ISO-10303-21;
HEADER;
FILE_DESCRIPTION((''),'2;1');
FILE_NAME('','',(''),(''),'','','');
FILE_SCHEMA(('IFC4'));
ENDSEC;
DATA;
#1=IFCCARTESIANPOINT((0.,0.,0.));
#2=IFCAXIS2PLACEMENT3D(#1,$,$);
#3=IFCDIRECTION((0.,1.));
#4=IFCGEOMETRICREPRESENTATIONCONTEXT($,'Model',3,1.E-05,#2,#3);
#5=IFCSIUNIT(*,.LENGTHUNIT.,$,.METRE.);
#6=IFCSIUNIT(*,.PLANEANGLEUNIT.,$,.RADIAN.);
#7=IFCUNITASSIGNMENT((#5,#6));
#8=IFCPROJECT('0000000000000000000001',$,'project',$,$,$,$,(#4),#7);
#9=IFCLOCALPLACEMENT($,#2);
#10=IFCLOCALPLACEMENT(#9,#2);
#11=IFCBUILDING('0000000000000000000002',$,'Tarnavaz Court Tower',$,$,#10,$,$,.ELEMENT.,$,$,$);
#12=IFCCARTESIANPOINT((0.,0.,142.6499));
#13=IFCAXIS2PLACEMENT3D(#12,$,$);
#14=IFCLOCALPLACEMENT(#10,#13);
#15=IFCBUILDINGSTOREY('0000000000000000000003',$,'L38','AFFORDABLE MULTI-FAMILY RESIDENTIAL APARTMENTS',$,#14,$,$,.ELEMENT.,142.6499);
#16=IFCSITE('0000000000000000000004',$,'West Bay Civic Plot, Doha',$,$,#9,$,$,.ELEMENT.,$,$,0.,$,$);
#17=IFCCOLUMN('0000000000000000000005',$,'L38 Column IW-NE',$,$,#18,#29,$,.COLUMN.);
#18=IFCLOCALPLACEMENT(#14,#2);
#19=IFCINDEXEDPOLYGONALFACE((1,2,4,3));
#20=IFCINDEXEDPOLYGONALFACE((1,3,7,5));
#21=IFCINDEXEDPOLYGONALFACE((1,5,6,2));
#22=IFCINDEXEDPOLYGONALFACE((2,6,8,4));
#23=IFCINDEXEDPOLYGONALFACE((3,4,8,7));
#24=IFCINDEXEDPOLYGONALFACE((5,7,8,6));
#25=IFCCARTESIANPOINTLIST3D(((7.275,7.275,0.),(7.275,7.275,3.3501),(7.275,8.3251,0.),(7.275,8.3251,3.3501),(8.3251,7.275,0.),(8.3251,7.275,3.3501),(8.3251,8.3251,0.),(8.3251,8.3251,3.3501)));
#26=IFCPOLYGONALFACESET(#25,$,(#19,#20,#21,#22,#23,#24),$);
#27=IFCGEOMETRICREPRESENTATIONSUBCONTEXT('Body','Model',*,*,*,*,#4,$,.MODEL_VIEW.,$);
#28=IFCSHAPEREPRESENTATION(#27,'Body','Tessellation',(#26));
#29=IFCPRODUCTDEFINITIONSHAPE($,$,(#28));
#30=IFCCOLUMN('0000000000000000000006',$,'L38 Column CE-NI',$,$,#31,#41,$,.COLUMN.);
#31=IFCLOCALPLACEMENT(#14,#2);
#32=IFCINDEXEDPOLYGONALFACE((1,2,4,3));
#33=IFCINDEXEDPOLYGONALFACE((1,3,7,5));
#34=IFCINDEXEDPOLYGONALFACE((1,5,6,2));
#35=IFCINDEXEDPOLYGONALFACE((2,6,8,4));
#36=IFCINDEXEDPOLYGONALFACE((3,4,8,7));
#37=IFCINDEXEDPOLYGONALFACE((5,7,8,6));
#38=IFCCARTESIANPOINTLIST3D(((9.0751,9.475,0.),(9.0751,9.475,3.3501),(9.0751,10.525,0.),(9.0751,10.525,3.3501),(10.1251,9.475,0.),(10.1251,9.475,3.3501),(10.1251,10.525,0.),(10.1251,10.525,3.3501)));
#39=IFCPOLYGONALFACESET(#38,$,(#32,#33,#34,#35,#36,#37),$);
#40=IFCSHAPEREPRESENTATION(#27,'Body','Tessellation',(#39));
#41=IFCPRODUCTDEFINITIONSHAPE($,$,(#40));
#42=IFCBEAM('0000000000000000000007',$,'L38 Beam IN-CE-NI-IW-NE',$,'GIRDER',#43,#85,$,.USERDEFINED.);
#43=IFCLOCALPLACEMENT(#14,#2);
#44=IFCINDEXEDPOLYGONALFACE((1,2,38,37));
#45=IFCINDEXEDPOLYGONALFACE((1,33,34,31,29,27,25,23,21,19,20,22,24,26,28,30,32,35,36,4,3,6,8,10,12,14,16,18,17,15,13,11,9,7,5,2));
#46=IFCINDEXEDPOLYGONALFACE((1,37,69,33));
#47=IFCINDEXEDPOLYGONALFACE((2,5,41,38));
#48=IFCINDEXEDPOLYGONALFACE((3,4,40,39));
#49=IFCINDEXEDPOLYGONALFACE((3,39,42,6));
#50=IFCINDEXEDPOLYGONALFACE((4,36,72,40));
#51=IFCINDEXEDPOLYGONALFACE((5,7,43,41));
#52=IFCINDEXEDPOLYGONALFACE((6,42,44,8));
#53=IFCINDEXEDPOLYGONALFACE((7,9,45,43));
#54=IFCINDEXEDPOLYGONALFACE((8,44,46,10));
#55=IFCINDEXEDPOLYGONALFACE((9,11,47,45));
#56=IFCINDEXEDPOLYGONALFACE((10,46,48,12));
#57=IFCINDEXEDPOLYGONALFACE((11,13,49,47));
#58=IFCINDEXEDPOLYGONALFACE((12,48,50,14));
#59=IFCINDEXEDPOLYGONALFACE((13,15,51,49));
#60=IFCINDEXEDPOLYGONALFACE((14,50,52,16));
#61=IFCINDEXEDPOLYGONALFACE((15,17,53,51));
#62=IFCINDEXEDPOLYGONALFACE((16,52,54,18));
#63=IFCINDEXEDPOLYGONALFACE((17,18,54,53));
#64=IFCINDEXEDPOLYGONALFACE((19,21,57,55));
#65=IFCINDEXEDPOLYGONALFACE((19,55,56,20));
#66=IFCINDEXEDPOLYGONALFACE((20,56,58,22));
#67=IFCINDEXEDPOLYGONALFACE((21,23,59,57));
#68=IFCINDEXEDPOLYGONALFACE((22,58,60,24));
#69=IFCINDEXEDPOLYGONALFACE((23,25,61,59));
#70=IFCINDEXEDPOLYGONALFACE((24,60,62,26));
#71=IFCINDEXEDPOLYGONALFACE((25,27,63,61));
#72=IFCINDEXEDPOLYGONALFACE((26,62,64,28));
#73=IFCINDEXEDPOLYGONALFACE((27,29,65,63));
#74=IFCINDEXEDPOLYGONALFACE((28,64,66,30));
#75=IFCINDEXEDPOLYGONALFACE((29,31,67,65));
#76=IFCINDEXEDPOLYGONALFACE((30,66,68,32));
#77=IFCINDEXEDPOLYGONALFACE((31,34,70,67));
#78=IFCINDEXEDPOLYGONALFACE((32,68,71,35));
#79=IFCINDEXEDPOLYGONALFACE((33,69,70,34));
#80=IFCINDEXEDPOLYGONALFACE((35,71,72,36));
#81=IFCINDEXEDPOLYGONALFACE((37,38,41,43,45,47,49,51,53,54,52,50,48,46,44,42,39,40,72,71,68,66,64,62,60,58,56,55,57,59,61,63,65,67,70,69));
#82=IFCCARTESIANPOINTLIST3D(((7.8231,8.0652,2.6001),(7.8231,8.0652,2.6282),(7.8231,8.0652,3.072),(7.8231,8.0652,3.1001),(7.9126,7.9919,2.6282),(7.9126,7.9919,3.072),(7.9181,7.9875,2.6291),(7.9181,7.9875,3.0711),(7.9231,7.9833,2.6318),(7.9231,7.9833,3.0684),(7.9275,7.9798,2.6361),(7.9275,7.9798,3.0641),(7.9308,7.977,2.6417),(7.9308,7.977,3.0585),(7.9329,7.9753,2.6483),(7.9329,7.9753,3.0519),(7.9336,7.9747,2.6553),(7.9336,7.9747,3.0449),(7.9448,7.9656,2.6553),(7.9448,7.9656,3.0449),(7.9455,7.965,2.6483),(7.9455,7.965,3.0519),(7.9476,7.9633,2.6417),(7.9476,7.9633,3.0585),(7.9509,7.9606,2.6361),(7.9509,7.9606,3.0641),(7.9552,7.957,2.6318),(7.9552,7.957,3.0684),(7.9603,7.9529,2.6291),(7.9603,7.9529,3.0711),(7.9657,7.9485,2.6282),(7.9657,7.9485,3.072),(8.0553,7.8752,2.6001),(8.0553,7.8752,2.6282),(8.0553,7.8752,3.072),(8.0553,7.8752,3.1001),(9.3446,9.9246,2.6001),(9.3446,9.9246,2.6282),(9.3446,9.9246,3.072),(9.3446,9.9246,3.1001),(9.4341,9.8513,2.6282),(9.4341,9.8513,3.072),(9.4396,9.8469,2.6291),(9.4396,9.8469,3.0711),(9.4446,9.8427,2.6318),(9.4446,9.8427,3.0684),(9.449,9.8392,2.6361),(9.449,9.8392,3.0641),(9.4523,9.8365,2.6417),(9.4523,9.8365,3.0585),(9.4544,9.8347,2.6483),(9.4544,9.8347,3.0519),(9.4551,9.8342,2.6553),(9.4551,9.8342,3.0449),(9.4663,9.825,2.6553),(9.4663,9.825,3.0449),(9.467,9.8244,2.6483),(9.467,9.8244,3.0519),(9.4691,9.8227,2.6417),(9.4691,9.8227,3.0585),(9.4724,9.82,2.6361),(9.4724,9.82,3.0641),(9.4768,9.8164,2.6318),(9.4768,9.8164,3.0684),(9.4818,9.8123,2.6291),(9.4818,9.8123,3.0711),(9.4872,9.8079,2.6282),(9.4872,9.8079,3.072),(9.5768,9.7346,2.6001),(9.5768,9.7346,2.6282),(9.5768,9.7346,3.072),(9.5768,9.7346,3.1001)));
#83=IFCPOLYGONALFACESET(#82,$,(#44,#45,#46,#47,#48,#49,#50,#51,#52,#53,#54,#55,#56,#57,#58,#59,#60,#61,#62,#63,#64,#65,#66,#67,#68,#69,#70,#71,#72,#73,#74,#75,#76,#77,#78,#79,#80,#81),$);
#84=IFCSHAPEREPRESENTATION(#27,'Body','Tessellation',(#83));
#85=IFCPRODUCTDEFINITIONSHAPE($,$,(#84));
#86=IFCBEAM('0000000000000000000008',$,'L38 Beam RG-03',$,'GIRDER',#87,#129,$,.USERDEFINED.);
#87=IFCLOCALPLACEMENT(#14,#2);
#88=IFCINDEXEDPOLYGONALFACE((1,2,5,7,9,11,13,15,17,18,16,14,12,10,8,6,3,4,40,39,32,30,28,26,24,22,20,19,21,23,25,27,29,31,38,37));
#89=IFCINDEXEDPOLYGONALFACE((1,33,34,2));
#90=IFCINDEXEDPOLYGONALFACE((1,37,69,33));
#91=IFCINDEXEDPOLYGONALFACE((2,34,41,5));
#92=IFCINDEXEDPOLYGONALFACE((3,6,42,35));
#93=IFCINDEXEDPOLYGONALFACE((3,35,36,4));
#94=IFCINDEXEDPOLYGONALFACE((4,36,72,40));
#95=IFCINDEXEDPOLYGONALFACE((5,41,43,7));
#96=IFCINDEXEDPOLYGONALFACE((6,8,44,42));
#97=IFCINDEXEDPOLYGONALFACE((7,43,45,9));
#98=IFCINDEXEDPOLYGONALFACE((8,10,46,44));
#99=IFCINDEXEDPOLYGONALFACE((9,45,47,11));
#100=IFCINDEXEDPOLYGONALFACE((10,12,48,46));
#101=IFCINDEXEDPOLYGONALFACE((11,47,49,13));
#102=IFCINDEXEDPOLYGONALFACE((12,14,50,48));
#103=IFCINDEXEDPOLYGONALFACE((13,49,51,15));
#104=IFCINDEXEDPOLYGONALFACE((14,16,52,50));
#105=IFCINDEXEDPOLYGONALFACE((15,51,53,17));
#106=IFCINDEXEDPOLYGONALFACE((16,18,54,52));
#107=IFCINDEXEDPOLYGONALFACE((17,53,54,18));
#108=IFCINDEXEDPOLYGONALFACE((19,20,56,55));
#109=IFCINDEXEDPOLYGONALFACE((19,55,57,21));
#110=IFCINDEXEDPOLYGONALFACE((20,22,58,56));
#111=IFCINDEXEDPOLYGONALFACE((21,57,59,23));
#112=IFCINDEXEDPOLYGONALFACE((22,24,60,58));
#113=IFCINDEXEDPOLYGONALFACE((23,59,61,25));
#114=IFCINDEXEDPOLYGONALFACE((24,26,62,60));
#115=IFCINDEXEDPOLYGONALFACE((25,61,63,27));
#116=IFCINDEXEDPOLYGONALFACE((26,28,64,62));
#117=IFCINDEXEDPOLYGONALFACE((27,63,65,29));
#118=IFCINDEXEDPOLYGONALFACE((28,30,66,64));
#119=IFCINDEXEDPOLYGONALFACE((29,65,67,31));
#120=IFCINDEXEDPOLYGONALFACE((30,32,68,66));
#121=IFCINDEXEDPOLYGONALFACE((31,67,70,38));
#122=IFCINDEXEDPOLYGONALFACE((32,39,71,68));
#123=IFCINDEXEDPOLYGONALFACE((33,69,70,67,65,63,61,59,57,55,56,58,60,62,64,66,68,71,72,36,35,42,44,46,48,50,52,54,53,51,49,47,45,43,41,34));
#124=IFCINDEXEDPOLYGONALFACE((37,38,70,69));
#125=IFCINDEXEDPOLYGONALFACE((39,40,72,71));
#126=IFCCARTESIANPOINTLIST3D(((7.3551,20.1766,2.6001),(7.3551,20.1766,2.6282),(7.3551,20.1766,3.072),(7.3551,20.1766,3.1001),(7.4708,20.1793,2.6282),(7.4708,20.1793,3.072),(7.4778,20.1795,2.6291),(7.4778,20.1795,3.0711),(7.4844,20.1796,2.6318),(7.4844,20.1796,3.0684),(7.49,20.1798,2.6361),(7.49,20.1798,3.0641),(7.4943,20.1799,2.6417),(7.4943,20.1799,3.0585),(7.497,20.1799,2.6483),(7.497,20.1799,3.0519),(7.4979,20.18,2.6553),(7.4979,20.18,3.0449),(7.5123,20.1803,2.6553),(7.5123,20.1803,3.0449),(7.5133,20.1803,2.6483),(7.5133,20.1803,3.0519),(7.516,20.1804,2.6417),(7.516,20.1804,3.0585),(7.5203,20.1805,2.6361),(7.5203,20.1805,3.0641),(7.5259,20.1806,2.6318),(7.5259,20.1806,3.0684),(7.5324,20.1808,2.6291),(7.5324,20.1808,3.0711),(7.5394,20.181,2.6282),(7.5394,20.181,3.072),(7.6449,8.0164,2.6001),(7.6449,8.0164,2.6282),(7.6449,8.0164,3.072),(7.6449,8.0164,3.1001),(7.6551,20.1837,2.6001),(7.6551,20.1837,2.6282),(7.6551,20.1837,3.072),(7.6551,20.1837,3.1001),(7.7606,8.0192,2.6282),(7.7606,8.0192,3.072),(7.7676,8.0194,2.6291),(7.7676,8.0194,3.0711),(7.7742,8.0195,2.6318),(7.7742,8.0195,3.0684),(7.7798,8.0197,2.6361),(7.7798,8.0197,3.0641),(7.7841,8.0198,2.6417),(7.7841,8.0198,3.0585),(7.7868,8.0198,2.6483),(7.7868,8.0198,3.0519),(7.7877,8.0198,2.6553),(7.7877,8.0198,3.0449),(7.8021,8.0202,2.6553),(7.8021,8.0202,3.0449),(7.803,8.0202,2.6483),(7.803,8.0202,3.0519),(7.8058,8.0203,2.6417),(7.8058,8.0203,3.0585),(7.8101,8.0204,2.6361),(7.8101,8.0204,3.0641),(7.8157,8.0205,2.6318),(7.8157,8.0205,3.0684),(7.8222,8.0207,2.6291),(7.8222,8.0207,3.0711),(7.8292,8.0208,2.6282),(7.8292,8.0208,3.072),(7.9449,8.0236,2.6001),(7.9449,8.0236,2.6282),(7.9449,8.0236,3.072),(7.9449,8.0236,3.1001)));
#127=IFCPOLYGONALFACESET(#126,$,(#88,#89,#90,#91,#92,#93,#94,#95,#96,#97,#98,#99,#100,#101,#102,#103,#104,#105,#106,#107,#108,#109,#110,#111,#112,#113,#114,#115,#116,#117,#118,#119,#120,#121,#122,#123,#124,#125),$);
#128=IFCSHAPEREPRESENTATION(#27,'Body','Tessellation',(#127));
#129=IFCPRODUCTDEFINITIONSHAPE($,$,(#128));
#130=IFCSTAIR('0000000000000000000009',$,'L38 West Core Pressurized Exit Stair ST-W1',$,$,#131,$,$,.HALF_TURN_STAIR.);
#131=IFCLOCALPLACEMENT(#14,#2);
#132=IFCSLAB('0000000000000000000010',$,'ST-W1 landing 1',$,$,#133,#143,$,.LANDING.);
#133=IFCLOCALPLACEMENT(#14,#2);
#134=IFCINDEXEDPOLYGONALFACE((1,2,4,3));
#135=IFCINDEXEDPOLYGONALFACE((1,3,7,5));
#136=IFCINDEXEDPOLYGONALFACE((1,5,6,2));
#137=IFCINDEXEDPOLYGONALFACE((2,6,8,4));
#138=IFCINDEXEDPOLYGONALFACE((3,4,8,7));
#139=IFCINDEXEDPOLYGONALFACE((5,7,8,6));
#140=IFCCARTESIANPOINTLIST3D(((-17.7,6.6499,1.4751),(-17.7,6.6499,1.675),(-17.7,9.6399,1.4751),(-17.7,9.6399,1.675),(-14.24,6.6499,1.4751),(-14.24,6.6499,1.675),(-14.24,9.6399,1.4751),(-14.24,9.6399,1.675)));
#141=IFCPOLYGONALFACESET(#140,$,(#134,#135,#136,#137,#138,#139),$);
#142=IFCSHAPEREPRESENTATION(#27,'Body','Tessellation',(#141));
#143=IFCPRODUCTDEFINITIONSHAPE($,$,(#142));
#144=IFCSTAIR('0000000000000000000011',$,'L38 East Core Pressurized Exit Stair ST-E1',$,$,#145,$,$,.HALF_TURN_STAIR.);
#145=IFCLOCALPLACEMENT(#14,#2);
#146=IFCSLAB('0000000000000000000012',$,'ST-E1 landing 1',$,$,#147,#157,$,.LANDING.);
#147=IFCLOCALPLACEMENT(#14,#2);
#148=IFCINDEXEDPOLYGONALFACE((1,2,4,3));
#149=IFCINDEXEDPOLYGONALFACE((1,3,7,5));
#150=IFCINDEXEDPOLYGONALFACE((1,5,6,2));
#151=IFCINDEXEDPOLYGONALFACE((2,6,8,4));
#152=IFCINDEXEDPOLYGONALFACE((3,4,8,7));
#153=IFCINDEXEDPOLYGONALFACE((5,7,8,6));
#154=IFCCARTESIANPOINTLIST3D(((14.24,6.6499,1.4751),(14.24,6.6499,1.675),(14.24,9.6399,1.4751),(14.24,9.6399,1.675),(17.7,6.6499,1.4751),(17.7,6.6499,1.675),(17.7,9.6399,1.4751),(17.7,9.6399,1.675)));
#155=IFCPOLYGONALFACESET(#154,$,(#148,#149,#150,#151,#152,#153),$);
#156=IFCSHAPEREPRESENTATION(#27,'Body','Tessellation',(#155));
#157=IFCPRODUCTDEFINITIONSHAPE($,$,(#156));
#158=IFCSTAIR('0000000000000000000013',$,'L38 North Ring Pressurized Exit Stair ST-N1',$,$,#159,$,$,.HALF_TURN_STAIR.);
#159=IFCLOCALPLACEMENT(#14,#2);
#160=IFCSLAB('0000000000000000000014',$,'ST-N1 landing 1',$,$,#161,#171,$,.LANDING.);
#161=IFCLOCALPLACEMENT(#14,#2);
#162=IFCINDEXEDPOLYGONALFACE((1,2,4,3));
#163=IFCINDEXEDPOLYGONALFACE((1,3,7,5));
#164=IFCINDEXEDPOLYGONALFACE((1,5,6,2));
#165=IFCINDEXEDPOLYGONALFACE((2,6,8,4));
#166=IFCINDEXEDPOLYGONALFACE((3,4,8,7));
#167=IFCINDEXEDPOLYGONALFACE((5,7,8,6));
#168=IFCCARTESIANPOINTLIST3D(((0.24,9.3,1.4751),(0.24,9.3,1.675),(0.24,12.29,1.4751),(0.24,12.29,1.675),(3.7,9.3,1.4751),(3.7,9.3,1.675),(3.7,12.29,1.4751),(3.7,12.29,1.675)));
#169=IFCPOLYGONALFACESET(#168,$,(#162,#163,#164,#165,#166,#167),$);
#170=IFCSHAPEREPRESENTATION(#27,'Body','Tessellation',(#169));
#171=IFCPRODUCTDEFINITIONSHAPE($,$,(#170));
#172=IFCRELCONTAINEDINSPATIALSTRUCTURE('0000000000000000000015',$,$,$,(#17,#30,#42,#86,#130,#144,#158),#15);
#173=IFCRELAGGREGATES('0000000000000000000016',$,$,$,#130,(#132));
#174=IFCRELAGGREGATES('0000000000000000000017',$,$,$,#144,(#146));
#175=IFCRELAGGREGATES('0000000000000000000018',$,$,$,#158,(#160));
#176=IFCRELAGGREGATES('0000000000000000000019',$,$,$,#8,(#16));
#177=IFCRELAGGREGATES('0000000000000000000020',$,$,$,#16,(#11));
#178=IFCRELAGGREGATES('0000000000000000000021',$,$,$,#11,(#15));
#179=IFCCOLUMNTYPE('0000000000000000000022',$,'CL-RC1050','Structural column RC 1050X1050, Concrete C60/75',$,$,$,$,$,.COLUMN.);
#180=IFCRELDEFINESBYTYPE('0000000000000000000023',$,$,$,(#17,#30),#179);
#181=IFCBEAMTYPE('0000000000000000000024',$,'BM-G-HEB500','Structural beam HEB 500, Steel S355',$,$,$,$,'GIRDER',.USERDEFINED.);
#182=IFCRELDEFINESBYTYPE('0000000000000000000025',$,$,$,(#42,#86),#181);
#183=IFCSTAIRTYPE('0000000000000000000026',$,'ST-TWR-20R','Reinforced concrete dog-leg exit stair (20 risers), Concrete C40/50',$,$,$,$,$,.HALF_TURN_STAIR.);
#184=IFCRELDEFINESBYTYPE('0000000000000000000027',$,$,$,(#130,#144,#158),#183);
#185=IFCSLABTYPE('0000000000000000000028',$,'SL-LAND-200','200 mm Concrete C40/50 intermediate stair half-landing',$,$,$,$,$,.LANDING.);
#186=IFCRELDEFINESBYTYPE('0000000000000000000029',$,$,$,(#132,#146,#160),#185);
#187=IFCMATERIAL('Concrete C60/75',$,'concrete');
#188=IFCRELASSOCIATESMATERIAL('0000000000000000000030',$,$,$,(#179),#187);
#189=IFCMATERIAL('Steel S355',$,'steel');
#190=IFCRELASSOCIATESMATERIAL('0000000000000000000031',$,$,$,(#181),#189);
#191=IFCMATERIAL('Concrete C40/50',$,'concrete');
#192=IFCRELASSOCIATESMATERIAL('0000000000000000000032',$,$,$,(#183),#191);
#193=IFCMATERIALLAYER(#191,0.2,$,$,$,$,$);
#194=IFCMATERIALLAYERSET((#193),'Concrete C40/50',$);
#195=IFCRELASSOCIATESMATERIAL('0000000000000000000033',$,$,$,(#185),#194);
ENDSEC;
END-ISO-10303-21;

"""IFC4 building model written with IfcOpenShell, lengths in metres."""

from ifc_helpers import new_model, si_unit, direction, frame, origin, origin_2d, place, context, subcontext, project, spatial, polyline, rectangle, i_section, outline, extrude, material, layer, layer_set, material_profile, profile_set, type_object, element, aggregate, save


model = new_model("IFC4")

# Units and contexts
model_context = context("Model", 3, precision=1e-05, world=origin(), true_north=direction((0.0, 1.0)))
body_context = subcontext(model_context, "Body", "Model", "MODEL_VIEW")
ifc_project = project(units=[si_unit("LENGTHUNIT", "METRE"), si_unit("PLANEANGLEUNIT", "RADIAN")], contexts=[model_context])

# Site, building, storey
site_placement = place(None, origin())
site = spatial("IfcSite", under=ifc_project, at=site_placement, Name="West Bay Civic Plot, Doha", CompositionType="ELEMENT", RefElevation=0.0)
building_placement = place(site_placement, origin())
building = spatial("IfcBuilding", under=site, at=building_placement, Name="Tarnavaz Court Tower", CompositionType="ELEMENT")
storey_placement = place(building_placement, frame((0.0, 0.0, 142.6499)))
storey = spatial("IfcBuildingStorey", under=building, at=storey_placement, Name="L38", Description="AFFORDABLE MULTI-FAMILY RESIDENTIAL APARTMENTS", CompositionType="ELEMENT", Elevation=142.6499)

# Columns
ifc_material_1 = material(Name="Concrete C60/75", Category="concrete")
ifc_material_profile_1 = material_profile(ifc_material_1, rectangle(XDim=1.05, YDim=1.05, at=origin_2d()), Name="RC 1050X1050")
ifc_profile_set_1 = profile_set([ifc_material_profile_1], Name="Concrete C60/75")
column_type = type_object("IfcColumnType", Name="CL-RC1050", Description="Structural column RC 1050X1050, Concrete C60/75", PredefinedType="COLUMN", material=ifc_profile_set_1)
for number, where, z_axis, x_axis, name in (
    (1, (7.8, 7.8, 0.0), (0.0, 0.0, 1.0), (1.0, 0.0, 0.0), "L38 Column IW-NE"),
    (2, (9.6001, 10.0, 0.0), (0.0, 0.0, 1.0), (1.0, 0.0, 0.0), "L38 Column CE-NI"),
):
    element("IfcColumn", number, at=place(storey_placement, frame(where, z_axis=z_axis, x_axis=x_axis)), inside=storey, type_object=column_type, Name=name, PredefinedType="COLUMN", context=body_context, shape_type="SweptSolid", body=[
        extrude(rectangle(XDim=1.05, YDim=1.05, at=origin_2d()), origin(), (0.0, 0.0, 1.0), 3.3501),
    ])

# Beams
ifc_material_2 = material(Name="Steel S355", Category="steel")
ifc_material_profile_2 = material_profile(ifc_material_2, i_section(OverallWidth=0.3, OverallDepth=0.5, WebThickness=0.0144, FlangeThickness=0.0281, FilletRadius=0.0271, at=origin_2d()), Name="HEB 500")
ifc_profile_set_2 = profile_set([ifc_material_profile_2], Name="Steel S355")
beam_type = type_object("IfcBeamType", Name="BM-G-HEB500", Description="Structural beam HEB 500, Steel S355", ElementType="GIRDER", PredefinedType="USERDEFINED", material=ifc_profile_set_2)
beam_1_placement = place(storey_placement, frame((9.4607, 9.8296, 2.8501), z_axis=(-0.633282, -0.773921, 0.0), x_axis=(0.773921, -0.633282, 0.0)))
element("IfcBeam", 3, at=beam_1_placement, inside=storey, type_object=beam_type, Name="L38 Beam IN-CE-NI-IW-NE", ObjectType="GIRDER", PredefinedType="USERDEFINED", context=body_context, shape_type="SweptSolid", body=[
    extrude(i_section(OverallWidth=0.3, OverallDepth=0.5, WebThickness=0.0144, FlangeThickness=0.0281, FilletRadius=0.0271, at=origin_2d()), origin(), (0.0, 0.0, 1.0), 2.4026),
])
beam_2_placement = place(storey_placement, frame((7.7949, 8.02, 2.8501), z_axis=(-0.023825, 0.999716, 0.0), x_axis=(-0.999716, -0.023825, 0.0)))
element("IfcBeam", 4, at=beam_2_placement, inside=storey, type_object=beam_type, Name="L38 Beam RG-03", ObjectType="GIRDER", PredefinedType="USERDEFINED", context=body_context, shape_type="SweptSolid", body=[
    extrude(i_section(OverallWidth=0.3, OverallDepth=0.5, WebThickness=0.0144, FlangeThickness=0.0281, FilletRadius=0.0271, at=origin_2d()), origin(), (0.0, 0.0, 1.0), 12.1636),
])

# Stairs, slabs
ifc_material_3 = material(Name="Concrete C40/50", Category="concrete")
stair_type = type_object("IfcStairType", Name="ST-TWR-20R", Description="Reinforced concrete dog-leg exit stair (20 risers), Concrete C40/50", PredefinedType="HALF_TURN_STAIR", material=ifc_material_3)
stair_1_placement = place(storey_placement, origin())
stair_1 = element("IfcStair", 5, at=stair_1_placement, inside=storey, type_object=stair_type, Name="L38 West Core Pressurized Exit Stair ST-W1", PredefinedType="HALF_TURN_STAIR")
ifc_layer_1 = layer(ifc_material_3, 0.2)
ifc_layer_set_1 = layer_set([ifc_layer_1], Name="Concrete C40/50")
slab_type_1 = type_object("IfcSlabType", Name="SL-LAND-200", Description="200 mm Concrete C40/50 intermediate stair half-landing", PredefinedType="LANDING", material=ifc_layer_set_1)
slab_1_placement = place(storey_placement, frame((0.0, 0.0, 1.4751)))
slab_1 = element("IfcSlab", 6, at=slab_1_placement, type_object=slab_type_1, Name="ST-W1 landing 1", PredefinedType="LANDING", context=body_context, shape_type="SweptSolid", body=[
    extrude(outline(polyline([(-14.24, 9.6399), (-17.7, 9.6399), (-17.7, 6.6499), (-14.24, 6.6499), (-14.24, 9.6399)])), origin(), (0.0, 0.0, 1.0), 0.2),
])
aggregate(stair_1, [slab_1])
stair_2_placement = place(storey_placement, origin())
stair_2 = element("IfcStair", 7, at=stair_2_placement, inside=storey, type_object=stair_type, Name="L38 East Core Pressurized Exit Stair ST-E1", PredefinedType="HALF_TURN_STAIR")
slab_2_placement = place(storey_placement, frame((0.0, 0.0, 1.4751)))
slab_2 = element("IfcSlab", 8, at=slab_2_placement, type_object=slab_type_1, Name="ST-E1 landing 1", PredefinedType="LANDING", context=body_context, shape_type="SweptSolid", body=[
    extrude(outline(polyline([(14.24, 6.6499), (17.7, 6.6499), (17.7, 9.6399), (14.24, 9.6399), (14.24, 6.6499)])), origin(), (0.0, 0.0, 1.0), 0.2),
])
aggregate(stair_2, [slab_2])
stair_3_placement = place(storey_placement, origin())
stair_3 = element("IfcStair", 9, at=stair_3_placement, inside=storey, type_object=stair_type, Name="L38 North Ring Pressurized Exit Stair ST-N1", PredefinedType="HALF_TURN_STAIR")
slab_3_placement = place(storey_placement, frame((0.0, 0.0, 1.4751)))
slab_3 = element("IfcSlab", 10, at=slab_3_placement, type_object=slab_type_1, Name="ST-N1 landing 1", PredefinedType="LANDING", context=body_context, shape_type="SweptSolid", body=[
    extrude(outline(polyline([(0.24, 9.3), (3.7, 9.3), (3.7, 12.29), (0.24, 12.29), (0.24, 9.3)])), origin(), (0.0, 0.0, 1.0), 0.2),
])

aggregate(stair_3, [slab_3])

save(model, "model.ifc")
